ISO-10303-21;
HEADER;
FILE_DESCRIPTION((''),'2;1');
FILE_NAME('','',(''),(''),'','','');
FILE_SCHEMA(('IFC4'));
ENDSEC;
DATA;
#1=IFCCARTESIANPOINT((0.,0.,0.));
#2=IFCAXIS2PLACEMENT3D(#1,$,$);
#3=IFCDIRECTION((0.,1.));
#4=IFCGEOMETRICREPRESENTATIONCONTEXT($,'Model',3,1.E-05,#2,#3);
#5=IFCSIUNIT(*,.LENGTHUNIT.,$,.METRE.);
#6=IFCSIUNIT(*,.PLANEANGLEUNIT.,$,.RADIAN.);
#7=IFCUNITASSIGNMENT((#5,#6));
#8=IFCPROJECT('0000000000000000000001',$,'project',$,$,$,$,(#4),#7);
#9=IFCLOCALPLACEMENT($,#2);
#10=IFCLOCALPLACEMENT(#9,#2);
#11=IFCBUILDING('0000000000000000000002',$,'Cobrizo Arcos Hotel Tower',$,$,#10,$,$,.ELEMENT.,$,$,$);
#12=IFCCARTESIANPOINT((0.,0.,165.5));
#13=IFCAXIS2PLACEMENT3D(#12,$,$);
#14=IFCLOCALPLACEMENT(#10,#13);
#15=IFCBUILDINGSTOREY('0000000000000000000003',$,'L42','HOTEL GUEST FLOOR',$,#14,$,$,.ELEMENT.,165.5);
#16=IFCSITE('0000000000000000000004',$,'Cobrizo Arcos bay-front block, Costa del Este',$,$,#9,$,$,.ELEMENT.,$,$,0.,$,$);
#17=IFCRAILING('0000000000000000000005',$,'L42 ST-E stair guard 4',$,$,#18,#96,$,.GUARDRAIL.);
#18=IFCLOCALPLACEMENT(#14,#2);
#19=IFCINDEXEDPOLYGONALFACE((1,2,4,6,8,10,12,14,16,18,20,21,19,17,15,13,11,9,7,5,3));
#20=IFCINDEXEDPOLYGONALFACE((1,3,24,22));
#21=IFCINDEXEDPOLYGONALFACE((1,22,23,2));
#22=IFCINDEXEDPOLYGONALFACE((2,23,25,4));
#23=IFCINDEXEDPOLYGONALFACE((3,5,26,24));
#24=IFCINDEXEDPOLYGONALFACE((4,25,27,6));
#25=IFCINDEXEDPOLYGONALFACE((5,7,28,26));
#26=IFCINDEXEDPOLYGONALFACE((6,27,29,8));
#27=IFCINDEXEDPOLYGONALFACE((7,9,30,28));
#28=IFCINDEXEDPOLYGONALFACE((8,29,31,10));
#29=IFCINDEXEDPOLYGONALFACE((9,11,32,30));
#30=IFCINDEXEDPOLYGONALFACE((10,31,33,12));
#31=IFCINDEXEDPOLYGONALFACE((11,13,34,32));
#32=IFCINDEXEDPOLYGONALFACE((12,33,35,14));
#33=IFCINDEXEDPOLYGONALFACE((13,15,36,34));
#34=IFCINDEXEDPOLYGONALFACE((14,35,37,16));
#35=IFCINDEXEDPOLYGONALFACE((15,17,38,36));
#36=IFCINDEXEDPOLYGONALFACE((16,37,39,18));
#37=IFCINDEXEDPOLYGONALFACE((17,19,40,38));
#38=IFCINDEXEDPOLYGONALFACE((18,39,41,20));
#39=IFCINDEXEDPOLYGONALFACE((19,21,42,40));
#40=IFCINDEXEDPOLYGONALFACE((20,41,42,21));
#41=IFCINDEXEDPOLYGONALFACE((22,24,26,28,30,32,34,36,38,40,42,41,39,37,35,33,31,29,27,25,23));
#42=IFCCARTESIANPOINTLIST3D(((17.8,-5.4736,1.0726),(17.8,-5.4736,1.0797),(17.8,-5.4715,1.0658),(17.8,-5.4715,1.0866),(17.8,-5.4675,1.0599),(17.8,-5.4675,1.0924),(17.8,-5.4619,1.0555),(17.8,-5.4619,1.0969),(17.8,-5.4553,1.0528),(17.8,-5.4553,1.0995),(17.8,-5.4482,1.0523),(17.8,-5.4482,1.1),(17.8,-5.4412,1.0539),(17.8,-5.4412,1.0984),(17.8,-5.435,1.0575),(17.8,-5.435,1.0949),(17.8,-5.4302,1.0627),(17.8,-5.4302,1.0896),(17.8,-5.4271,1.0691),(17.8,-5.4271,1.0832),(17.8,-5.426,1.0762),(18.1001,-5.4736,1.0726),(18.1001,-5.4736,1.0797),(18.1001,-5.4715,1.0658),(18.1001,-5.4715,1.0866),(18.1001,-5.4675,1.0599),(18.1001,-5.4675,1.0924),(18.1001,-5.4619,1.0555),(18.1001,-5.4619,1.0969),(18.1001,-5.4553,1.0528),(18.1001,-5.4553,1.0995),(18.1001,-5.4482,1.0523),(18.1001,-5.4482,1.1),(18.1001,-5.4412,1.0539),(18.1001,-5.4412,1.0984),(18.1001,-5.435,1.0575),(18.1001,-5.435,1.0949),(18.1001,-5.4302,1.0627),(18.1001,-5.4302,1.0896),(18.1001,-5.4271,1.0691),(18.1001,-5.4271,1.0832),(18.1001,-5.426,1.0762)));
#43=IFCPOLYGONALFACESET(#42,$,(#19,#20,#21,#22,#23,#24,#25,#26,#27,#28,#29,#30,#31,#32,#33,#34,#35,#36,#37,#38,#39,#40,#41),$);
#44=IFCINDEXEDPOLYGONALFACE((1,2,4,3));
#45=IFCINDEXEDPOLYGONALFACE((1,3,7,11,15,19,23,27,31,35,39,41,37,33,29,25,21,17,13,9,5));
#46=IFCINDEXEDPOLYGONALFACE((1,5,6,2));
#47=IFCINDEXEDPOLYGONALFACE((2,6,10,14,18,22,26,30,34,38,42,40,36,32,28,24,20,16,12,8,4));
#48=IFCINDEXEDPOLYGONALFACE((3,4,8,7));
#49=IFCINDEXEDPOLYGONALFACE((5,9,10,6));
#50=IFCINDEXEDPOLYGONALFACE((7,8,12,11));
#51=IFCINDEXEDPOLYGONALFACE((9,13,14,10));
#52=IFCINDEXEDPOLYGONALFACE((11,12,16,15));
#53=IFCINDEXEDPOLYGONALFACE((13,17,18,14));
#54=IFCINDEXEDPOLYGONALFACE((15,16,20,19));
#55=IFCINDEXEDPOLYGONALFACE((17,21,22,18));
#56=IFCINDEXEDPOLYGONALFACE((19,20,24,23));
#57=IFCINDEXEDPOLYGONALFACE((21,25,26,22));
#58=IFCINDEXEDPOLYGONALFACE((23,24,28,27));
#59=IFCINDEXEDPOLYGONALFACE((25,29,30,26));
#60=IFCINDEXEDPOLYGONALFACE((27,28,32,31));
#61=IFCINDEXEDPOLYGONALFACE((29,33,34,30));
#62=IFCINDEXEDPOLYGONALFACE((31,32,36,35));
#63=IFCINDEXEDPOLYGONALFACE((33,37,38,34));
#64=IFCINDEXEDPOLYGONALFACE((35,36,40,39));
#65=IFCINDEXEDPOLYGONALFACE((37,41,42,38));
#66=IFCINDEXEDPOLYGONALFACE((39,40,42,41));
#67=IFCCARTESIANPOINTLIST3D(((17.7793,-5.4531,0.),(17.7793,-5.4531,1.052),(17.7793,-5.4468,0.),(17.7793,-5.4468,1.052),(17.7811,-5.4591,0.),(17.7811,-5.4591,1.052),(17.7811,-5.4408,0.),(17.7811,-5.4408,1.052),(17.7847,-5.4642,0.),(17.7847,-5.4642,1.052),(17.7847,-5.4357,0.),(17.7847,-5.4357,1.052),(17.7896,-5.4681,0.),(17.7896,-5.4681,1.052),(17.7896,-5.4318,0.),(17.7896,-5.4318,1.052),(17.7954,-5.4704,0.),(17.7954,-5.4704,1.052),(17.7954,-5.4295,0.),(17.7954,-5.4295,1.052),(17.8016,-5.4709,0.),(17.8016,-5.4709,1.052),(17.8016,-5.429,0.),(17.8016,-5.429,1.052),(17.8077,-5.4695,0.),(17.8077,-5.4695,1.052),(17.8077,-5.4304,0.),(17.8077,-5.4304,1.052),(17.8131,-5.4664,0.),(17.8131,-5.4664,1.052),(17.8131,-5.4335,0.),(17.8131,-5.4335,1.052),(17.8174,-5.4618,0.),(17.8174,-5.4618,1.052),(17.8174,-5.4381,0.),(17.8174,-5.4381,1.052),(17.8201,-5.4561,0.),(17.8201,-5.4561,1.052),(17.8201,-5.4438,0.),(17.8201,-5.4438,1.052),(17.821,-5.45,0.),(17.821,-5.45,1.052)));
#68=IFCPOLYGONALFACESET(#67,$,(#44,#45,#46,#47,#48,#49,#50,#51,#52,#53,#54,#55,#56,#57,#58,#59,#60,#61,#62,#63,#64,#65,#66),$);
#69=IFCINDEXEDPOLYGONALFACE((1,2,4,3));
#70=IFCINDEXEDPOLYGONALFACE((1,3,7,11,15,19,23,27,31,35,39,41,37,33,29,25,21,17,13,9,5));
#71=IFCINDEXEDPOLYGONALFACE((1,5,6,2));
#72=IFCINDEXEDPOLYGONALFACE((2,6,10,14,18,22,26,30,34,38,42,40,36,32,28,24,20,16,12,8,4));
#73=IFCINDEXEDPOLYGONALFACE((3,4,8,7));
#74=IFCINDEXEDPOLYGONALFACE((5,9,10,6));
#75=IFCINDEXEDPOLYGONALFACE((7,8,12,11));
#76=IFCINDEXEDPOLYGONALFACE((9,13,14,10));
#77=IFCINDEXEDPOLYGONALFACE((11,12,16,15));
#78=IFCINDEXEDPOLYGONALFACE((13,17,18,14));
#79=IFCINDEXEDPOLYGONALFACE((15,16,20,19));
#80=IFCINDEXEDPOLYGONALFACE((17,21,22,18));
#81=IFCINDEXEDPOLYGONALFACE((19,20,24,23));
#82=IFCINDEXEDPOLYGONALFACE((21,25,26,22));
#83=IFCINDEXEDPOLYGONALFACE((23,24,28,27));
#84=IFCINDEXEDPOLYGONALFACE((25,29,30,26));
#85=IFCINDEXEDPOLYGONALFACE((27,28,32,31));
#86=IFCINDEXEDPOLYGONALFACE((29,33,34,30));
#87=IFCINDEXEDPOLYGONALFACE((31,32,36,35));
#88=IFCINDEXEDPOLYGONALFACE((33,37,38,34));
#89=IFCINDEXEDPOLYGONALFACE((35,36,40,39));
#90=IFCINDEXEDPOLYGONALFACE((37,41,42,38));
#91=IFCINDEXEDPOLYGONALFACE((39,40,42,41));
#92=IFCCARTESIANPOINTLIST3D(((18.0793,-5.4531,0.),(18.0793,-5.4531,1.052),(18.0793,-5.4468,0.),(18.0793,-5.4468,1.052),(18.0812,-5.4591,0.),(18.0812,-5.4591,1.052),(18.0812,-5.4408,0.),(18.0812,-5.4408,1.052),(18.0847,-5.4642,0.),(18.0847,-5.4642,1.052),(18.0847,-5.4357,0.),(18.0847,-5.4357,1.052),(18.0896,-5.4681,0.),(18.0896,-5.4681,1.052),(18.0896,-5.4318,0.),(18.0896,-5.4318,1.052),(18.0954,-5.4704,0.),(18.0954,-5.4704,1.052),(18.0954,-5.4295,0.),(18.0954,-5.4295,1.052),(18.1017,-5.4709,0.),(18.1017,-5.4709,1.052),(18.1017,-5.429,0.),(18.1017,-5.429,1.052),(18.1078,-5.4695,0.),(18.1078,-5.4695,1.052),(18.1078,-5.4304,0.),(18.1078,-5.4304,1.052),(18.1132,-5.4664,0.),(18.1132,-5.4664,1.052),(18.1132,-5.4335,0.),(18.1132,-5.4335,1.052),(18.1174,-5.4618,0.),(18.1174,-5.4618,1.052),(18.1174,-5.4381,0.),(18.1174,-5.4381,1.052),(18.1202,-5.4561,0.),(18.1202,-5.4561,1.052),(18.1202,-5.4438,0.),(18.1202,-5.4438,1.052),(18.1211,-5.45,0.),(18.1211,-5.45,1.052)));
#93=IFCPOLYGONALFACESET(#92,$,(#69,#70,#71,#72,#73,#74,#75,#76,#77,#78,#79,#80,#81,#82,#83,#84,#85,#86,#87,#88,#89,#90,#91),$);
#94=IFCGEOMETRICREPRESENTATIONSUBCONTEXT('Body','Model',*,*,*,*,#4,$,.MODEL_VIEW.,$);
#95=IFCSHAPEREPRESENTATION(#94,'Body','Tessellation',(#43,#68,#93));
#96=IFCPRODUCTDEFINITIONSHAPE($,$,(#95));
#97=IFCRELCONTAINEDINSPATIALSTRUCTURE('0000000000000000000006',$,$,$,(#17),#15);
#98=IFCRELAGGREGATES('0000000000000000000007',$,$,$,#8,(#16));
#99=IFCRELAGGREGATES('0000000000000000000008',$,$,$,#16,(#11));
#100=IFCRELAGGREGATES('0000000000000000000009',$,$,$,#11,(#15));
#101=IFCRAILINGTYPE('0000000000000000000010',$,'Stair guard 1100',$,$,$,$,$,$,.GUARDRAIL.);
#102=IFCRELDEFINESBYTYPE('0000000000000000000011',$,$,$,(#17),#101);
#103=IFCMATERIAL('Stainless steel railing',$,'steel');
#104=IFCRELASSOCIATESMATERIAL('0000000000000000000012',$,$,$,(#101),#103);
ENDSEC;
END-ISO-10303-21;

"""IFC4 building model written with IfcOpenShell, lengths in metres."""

from ifc_helpers import new_model, si_unit, direction, frame, origin, origin_2d, place, context, subcontext, project, spatial, circle, extrude, material, type_object, element, save


model = new_model("IFC4")

# Units and contexts
model_context = context("Model", 3, precision=1e-05, world=origin(), true_north=direction((0.0, 1.0)))
body_context = subcontext(model_context, "Body", "Model", "MODEL_VIEW")
ifc_project = project(units=[si_unit("LENGTHUNIT", "METRE"), si_unit("PLANEANGLEUNIT", "RADIAN")], contexts=[model_context])

# Site, building, storey
site_placement = place(None, origin())
site = spatial("IfcSite", under=ifc_project, at=site_placement, Name="Cobrizo Arcos bay-front block, Costa del Este", CompositionType="ELEMENT", RefElevation=0.0)
building_placement = place(site_placement, origin())
building = spatial("IfcBuilding", under=site, at=building_placement, Name="Cobrizo Arcos Hotel Tower", CompositionType="ELEMENT")
storey_placement = place(building_placement, frame((0.0, 0.0, 165.5)))
storey = spatial("IfcBuildingStorey", under=building, at=storey_placement, Name="L42", Description="HOTEL GUEST FLOOR", CompositionType="ELEMENT", Elevation=165.5)

# Railing
ifc_material_1 = material(Name="Stainless steel railing", Category="steel")
railing_type_1 = type_object("IfcRailingType", Name="Stair guard 1100", PredefinedType="GUARDRAIL", material=ifc_material_1)
railing_1_placement = place(storey_placement, frame((17.8, -5.45, 0.0)))
element("IfcRailing", 1, at=railing_1_placement, inside=storey, type_object=railing_type_1, Name="L42 ST-E stair guard 4", PredefinedType="GUARDRAIL", context=body_context, shape_type="SweptSolid", body=[
    extrude(circle(Radius=0.0239, at=origin_2d()), frame((0.0, 0.0, 1.0762), z_axis=(1.0, 0.0, 0.0), x_axis=(0.0, 1.0, 0.0)), (0.0, 0.0, 1.0), 0.3),
    extrude(circle(Radius=0.021, at=origin_2d()), origin(), (0.0, 0.0, 1.0), 1.052),
    extrude(circle(Radius=0.021, at=origin_2d()), frame((0.3, 0.0, 0.0)), (0.0, 0.0, 1.0), 1.052),
])

save(model, "model.ifc")
